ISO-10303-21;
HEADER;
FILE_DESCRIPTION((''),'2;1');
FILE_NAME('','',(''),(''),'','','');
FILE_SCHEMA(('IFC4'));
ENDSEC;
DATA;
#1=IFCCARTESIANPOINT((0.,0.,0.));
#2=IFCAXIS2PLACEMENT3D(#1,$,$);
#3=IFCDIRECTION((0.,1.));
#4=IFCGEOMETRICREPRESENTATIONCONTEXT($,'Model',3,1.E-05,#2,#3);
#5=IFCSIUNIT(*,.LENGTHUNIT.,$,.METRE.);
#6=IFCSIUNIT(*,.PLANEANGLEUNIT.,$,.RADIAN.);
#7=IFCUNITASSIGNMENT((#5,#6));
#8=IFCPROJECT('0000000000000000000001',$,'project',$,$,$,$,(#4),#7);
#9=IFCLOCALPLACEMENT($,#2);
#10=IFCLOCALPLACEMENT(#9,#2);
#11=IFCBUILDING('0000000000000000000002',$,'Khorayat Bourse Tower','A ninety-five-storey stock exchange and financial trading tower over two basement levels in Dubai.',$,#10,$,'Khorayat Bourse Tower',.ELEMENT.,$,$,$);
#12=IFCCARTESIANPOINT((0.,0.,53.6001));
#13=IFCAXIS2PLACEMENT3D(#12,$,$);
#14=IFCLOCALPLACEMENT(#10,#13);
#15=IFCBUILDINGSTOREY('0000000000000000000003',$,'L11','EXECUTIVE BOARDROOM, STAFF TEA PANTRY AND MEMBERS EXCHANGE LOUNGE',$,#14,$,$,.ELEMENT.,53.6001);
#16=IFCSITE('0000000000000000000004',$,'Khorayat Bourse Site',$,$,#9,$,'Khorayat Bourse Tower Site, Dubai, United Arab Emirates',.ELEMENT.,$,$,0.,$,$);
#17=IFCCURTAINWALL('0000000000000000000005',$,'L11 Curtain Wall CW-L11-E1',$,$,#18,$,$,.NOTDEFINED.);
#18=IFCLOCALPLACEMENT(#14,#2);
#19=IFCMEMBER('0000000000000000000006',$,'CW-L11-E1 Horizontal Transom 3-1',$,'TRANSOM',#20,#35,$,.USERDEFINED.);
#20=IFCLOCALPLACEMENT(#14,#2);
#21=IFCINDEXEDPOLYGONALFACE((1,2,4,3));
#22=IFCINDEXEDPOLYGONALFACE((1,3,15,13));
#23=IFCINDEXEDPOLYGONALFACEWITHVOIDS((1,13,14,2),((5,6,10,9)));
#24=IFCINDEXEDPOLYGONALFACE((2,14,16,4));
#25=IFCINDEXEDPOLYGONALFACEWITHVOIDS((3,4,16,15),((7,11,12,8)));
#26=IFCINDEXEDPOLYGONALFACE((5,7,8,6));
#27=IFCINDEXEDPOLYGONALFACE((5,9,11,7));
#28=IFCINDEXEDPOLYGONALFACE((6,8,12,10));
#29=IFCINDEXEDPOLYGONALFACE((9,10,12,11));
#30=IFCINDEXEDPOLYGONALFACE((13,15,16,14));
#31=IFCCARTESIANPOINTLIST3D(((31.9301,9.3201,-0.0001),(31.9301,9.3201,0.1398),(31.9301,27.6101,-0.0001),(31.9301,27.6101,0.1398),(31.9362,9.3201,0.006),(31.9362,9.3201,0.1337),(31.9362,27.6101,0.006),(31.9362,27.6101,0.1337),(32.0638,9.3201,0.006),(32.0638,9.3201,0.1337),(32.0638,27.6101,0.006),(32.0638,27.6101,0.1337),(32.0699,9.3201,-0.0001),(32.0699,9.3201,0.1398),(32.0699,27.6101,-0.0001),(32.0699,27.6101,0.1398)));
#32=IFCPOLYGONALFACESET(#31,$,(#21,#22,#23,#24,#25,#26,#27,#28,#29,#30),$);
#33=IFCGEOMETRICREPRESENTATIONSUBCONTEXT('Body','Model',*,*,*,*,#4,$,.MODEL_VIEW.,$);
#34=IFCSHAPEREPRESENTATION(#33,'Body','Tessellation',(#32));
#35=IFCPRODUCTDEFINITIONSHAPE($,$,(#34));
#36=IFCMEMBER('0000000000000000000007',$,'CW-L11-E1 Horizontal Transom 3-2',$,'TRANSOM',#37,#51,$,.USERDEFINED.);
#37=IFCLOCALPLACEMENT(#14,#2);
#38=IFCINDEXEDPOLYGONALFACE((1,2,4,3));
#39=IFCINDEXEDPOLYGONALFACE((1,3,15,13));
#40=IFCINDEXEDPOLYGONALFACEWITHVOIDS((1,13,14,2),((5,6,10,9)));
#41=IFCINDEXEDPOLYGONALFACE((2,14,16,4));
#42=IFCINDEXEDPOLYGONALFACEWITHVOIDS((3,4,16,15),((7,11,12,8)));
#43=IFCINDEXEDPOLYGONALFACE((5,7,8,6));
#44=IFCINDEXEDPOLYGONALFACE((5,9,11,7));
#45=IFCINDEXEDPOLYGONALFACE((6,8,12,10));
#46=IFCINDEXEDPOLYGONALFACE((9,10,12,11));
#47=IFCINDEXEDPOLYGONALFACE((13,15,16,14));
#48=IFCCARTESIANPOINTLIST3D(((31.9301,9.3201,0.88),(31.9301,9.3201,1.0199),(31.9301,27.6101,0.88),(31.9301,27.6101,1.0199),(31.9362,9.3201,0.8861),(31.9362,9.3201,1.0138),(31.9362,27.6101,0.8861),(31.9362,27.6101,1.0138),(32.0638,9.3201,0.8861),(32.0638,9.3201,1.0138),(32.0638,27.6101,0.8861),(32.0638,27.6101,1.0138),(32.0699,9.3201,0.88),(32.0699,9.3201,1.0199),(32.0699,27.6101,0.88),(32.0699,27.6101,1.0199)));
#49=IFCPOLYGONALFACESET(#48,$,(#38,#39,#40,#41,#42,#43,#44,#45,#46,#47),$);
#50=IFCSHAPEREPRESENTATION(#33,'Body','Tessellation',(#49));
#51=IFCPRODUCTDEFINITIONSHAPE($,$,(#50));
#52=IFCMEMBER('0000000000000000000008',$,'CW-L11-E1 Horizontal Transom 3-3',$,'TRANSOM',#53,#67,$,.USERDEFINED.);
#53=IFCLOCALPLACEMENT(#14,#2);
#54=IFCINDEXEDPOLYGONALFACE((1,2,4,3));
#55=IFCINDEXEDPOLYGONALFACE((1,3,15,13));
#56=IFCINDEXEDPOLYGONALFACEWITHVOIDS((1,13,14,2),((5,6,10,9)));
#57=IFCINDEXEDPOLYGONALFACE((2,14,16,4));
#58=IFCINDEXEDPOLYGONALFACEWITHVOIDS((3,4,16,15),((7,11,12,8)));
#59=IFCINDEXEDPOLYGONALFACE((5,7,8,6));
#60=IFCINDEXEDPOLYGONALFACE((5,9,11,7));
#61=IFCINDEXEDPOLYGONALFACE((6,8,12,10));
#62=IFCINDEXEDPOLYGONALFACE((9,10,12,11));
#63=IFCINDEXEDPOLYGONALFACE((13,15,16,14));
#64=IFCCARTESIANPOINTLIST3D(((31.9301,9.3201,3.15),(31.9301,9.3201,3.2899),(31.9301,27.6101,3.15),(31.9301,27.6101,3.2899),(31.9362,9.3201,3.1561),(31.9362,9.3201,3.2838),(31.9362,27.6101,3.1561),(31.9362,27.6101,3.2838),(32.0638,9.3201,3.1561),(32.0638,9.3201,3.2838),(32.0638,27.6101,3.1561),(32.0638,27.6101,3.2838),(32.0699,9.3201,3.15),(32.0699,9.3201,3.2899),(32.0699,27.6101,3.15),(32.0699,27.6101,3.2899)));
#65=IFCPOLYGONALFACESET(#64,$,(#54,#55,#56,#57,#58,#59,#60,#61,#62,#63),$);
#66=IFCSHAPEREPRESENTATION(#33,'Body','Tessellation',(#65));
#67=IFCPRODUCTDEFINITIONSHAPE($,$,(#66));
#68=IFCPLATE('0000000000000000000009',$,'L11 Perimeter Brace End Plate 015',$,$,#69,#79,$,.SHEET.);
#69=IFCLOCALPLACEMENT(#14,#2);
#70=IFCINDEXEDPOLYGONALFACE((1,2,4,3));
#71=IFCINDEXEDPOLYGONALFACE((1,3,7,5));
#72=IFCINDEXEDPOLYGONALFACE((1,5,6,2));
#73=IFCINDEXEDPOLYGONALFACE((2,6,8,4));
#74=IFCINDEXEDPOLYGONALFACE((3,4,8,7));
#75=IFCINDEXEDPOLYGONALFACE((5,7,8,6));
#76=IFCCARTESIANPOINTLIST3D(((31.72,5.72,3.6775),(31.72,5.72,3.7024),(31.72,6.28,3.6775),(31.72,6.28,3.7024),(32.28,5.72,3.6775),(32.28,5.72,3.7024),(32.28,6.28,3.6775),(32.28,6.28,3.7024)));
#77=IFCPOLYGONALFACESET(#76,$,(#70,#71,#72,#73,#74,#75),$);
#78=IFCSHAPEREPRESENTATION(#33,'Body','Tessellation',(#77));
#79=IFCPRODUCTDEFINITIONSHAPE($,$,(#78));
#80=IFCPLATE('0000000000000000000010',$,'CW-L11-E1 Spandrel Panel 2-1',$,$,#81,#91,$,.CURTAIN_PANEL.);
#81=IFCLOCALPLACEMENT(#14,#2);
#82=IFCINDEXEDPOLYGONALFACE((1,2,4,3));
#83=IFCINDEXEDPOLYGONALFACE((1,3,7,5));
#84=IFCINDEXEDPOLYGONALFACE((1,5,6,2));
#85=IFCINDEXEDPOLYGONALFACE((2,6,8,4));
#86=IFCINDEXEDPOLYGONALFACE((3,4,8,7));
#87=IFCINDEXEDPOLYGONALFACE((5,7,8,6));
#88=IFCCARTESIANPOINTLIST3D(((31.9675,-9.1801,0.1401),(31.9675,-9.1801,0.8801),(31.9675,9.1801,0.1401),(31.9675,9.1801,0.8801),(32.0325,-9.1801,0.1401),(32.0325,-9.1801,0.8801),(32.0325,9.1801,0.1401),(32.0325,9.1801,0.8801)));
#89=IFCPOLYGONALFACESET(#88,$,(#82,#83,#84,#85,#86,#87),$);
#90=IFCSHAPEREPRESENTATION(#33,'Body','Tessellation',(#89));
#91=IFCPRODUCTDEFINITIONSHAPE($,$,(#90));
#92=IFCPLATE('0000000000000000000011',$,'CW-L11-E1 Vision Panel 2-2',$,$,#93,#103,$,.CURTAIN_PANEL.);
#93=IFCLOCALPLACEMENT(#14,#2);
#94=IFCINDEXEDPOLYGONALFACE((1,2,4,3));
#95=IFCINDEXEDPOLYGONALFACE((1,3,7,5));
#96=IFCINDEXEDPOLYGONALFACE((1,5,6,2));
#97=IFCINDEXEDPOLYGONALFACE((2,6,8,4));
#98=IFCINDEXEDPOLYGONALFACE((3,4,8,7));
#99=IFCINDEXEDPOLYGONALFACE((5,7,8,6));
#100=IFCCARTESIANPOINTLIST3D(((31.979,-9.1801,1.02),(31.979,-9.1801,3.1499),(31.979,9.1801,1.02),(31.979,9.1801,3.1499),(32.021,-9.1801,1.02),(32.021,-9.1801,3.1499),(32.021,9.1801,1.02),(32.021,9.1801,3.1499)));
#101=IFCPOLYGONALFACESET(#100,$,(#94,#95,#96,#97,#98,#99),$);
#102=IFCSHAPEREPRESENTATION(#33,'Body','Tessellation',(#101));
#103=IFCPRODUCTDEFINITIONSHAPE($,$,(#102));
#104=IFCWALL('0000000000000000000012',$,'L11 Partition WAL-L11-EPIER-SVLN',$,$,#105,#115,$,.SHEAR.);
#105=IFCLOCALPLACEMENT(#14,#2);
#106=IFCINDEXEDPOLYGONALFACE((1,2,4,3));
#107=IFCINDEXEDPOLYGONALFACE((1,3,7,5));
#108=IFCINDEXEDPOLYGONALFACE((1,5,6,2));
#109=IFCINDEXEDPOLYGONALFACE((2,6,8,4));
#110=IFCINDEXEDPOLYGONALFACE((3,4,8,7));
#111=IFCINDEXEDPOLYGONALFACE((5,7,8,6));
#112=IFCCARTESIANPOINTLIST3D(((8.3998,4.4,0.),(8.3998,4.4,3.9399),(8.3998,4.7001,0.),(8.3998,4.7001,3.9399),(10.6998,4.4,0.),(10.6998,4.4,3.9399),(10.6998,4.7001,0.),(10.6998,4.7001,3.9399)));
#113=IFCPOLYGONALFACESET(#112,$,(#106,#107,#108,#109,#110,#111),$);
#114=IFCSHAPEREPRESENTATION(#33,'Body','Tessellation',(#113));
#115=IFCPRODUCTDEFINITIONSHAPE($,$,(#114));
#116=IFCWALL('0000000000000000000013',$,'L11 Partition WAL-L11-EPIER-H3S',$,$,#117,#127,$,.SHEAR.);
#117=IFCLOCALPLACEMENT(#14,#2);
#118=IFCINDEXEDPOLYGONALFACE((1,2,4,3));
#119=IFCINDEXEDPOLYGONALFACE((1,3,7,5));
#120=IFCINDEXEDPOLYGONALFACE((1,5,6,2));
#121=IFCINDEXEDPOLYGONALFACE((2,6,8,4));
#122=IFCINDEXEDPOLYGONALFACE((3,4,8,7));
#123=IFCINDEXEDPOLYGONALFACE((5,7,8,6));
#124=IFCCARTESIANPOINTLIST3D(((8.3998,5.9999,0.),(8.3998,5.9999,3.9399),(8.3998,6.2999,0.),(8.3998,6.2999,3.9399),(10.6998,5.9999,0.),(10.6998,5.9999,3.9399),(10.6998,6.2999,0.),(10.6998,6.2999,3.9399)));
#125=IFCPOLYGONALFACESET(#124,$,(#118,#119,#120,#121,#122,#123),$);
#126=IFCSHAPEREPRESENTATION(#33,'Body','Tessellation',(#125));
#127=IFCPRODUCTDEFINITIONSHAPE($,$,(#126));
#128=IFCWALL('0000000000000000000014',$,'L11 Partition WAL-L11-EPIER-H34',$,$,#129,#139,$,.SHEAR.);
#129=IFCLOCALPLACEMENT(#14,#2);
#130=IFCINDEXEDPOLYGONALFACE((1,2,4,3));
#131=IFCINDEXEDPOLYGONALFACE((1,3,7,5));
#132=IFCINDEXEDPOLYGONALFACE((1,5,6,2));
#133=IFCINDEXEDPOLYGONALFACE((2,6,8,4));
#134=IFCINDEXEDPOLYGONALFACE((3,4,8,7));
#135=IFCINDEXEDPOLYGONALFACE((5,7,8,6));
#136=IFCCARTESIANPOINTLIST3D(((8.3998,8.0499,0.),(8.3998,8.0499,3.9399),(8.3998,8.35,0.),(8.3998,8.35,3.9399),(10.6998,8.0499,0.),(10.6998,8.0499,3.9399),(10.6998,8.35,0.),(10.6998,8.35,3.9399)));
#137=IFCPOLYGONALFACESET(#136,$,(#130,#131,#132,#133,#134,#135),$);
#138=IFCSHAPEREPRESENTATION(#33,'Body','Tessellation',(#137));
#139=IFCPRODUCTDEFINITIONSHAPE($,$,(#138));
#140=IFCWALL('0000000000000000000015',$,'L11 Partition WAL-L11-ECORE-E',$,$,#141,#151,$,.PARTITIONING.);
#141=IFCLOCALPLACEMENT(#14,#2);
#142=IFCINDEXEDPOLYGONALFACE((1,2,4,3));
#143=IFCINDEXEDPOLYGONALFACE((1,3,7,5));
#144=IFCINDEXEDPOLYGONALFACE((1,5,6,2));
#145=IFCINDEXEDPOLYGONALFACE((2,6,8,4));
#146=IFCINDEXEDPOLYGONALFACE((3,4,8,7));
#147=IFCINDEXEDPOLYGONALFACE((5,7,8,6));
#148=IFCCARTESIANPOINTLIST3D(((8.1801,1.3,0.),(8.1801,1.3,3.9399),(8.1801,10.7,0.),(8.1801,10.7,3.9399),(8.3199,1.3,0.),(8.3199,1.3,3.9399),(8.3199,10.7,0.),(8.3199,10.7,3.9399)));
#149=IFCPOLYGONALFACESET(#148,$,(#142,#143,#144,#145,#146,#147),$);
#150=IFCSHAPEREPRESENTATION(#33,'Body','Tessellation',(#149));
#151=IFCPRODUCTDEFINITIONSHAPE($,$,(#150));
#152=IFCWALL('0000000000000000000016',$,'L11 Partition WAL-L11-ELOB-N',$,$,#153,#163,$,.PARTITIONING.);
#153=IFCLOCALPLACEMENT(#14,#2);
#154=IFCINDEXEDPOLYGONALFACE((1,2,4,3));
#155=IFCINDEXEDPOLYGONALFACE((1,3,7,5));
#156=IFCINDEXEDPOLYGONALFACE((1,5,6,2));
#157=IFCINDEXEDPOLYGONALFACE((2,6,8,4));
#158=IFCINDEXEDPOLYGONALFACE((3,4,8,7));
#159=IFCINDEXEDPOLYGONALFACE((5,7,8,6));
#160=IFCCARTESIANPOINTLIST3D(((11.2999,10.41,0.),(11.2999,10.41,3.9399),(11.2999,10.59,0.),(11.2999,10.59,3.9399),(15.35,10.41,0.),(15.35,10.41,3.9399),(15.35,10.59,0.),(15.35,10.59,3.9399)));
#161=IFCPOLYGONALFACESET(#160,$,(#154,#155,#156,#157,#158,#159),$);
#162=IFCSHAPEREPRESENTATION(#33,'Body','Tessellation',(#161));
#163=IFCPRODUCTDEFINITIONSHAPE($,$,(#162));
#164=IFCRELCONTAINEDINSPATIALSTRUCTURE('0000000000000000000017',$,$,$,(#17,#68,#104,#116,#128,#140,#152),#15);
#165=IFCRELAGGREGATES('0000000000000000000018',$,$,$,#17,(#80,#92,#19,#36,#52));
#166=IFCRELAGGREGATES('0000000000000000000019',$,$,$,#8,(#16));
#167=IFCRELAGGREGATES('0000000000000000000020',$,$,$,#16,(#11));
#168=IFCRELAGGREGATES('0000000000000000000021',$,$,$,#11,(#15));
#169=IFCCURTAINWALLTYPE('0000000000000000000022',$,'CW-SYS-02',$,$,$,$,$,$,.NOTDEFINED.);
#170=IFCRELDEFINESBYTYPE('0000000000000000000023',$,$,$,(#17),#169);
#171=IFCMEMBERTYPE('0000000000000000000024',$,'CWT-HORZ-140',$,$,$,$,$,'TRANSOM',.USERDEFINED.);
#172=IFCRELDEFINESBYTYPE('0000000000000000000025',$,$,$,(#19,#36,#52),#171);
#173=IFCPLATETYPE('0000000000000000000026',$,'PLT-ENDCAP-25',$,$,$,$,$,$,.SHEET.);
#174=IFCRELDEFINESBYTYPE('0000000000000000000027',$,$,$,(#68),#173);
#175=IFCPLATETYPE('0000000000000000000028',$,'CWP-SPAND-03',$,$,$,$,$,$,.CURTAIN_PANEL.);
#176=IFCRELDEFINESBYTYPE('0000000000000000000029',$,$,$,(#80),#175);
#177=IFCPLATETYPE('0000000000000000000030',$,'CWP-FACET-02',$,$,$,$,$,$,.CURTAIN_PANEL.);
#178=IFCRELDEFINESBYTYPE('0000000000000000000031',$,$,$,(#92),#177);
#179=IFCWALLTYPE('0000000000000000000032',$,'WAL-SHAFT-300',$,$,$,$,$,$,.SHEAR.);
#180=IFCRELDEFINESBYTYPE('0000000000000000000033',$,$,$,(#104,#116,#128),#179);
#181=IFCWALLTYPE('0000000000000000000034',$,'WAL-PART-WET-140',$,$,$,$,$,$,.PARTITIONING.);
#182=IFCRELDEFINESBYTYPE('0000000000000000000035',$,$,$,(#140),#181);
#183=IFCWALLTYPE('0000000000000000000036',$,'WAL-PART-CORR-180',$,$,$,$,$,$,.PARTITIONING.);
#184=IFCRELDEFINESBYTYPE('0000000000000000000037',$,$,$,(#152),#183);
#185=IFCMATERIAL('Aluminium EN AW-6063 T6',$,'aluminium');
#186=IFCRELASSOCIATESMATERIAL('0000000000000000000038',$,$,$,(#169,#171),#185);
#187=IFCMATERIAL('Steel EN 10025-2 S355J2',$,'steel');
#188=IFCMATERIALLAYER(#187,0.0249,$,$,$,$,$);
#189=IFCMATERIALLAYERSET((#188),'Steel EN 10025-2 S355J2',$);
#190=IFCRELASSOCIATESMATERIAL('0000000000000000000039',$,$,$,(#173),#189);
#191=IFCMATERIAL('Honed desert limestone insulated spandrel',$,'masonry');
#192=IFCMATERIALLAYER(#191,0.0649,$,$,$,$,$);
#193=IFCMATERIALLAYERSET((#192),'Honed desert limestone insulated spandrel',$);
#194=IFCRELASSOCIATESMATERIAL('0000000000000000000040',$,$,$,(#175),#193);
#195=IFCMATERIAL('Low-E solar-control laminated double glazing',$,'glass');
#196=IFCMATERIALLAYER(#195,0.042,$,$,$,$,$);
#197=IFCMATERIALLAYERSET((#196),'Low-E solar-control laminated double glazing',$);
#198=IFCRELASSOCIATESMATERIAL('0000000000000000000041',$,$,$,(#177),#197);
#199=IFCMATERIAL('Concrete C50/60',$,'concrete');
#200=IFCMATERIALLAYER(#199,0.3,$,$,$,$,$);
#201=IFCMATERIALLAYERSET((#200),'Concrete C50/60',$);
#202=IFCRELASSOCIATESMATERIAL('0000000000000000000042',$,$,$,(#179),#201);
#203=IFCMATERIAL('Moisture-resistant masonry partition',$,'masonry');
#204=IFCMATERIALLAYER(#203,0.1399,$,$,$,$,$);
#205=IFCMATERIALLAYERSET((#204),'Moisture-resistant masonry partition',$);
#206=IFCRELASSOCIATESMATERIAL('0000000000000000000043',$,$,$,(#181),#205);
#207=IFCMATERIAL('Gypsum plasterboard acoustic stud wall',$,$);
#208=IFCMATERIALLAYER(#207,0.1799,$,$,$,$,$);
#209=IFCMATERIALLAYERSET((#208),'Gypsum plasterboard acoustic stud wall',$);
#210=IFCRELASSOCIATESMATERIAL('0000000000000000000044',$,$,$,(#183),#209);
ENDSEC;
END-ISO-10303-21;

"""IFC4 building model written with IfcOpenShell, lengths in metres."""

from ifc_helpers import new_model, si_unit, direction, frame, frame_2d, origin, origin_2d, place, context, subcontext, project, spatial, rectangle, hollow_rectangle, extrude, source, transform, mapped, material, layer, layer_set, material_profile, profile_set, type_object, element, aggregate, save


model = new_model("IFC4")

# Units and contexts
model_context = context("Model", 3, precision=1e-05, world=origin(), true_north=direction((0.0, 1.0)))
body_context = subcontext(model_context, "Body", "Model", "MODEL_VIEW")
ifc_project = project(units=[si_unit("LENGTHUNIT", "METRE"), si_unit("PLANEANGLEUNIT", "RADIAN")], contexts=[model_context])

# Site, building, storey
site_placement = place(None, origin())
site = spatial("IfcSite", under=ifc_project, at=site_placement, Name="Khorayat Bourse Site", LongName="Khorayat Bourse Tower Site, Dubai, United Arab Emirates", CompositionType="ELEMENT", RefElevation=0.0)
building_placement = place(site_placement, origin())
building = spatial("IfcBuilding", under=site, at=building_placement, Name="Khorayat Bourse Tower", Description="A ninety-five-storey stock exchange and financial trading tower over two basement levels in Dubai.", LongName="Khorayat Bourse Tower", CompositionType="ELEMENT")
storey_placement = place(building_placement, frame((0.0, 0.0, 53.6001)))
storey = spatial("IfcBuildingStorey", under=building, at=storey_placement, Name="L11", Description="EXECUTIVE BOARDROOM, STAFF TEA PANTRY AND MEMBERS EXCHANGE LOUNGE", CompositionType="ELEMENT", Elevation=53.6001)

# Curtain wall, members
ifc_material_1 = material(Name="Aluminium EN AW-6063 T6", Category="aluminium")
curtain_wall_type = type_object("IfcCurtainWallType", Name="CW-SYS-02", PredefinedType="NOTDEFINED", material=ifc_material_1)
curtain_wall_placement = place(storey_placement, origin())
curtain_wall = element("IfcCurtainWall", 1, at=curtain_wall_placement, inside=storey, type_object=curtain_wall_type, Name="L11 Curtain Wall CW-L11-E1", PredefinedType="NOTDEFINED")
ifc_material_profile_1 = material_profile(ifc_material_1, hollow_rectangle(XDim=0.1399, YDim=0.1399, WallThickness=0.0061, at=origin_2d()), Name="ALU 140x140x6")
ifc_profile_set_1 = profile_set([ifc_material_profile_1], Name="Aluminium EN AW-6063 T6")
member_type_1 = type_object("IfcMemberType", Name="CWT-HORZ-140", ElementType="TRANSOM", PredefinedType="USERDEFINED", material=ifc_profile_set_1)
shared_shape_1 = source(origin(), body_context, "Body", "SweptSolid", [
    extrude(hollow_rectangle(XDim=0.1399, YDim=0.1399, WallThickness=0.0061, at=origin_2d()), origin(), (0.0, 0.0, 1.0), 18.29),
])
member_1_placement = place(storey_placement, frame((32.0, 9.3201, 0.0698), z_axis=(0.0, 1.0, 0.0), x_axis=(-1.0, 0.0, 0.0)))
member_1 = element("IfcMember", 2, at=member_1_placement, type_object=member_type_1, Name="CW-L11-E1 Horizontal Transom 3-1", ObjectType="TRANSOM", PredefinedType="USERDEFINED", context=body_context, shape_type="MappedRepresentation", body=[
    mapped(shared_shape_1, transform((0.0, 0.0, 0.0), scale=1.0)),
])
member_2_placement = place(storey_placement, frame((32.0, 9.3201, 0.95), z_axis=(0.0, 1.0, 0.0), x_axis=(-1.0, 0.0, 0.0)))
member_2 = element("IfcMember", 3, at=member_2_placement, type_object=member_type_1, Name="CW-L11-E1 Horizontal Transom 3-2", ObjectType="TRANSOM", PredefinedType="USERDEFINED", context=body_context, shape_type="MappedRepresentation", body=[
    mapped(shared_shape_1, transform((0.0, 0.0, 0.0), scale=1.0)),
])
member_3_placement = place(storey_placement, frame((32.0, 9.3201, 3.22), z_axis=(0.0, 1.0, 0.0), x_axis=(-1.0, 0.0, 0.0)))
member_3 = element("IfcMember", 4, at=member_3_placement, type_object=member_type_1, Name="CW-L11-E1 Horizontal Transom 3-3", ObjectType="TRANSOM", PredefinedType="USERDEFINED", context=body_context, shape_type="MappedRepresentation", body=[
    mapped(shared_shape_1, transform((0.0, 0.0, 0.0), scale=1.0)),
])

# Plates
ifc_material_2 = material(Name="Steel EN 10025-2 S355J2", Category="steel")
ifc_layer_1 = layer(ifc_material_2, 0.0249)
ifc_layer_set_1 = layer_set([ifc_layer_1], Name="Steel EN 10025-2 S355J2")
plate_type_1 = type_object("IfcPlateType", Name="PLT-ENDCAP-25", PredefinedType="SHEET", material=ifc_layer_set_1)
shared_shape_2 = source(origin(), body_context, "Body", "SweptSolid", [
    extrude(rectangle(XDim=0.5601, YDim=0.5601, at=origin_2d()), origin(), (0.0, 0.0, 1.0), 0.0249),
])
plate_1_placement = place(storey_placement, frame((32.0, 6.0, 3.6775), z_axis=(0.0, 0.0, 1.0), x_axis=(1.0, 0.0, 0.0)))
element("IfcPlate", 5, at=plate_1_placement, inside=storey, type_object=plate_type_1, Name="L11 Perimeter Brace End Plate 015", PredefinedType="SHEET", context=body_context, shape_type="MappedRepresentation", body=[
    mapped(shared_shape_2, transform((0.0, 0.0, 0.0), scale=1.0)),
])
ifc_material_3 = material(Name="Honed desert limestone insulated spandrel", Category="masonry")
ifc_layer_2 = layer(ifc_material_3, 0.0649)
ifc_layer_set_2 = layer_set([ifc_layer_2], Name="Honed desert limestone insulated spandrel")
plate_type_2 = type_object("IfcPlateType", Name="CWP-SPAND-03", PredefinedType="CURTAIN_PANEL", material=ifc_layer_set_2)
shared_shape_3 = source(origin(), body_context, "Body", "SweptSolid", [
    extrude(rectangle(XDim=18.3601, YDim=0.0649, at=origin_2d()), origin(), (0.0, 0.0, 1.0), 0.74),
])
plate_2_placement = place(storey_placement, frame((32.0, 0.0, 0.1401), z_axis=(0.0, 0.0, 1.0), x_axis=(0.0, 1.0, 0.0)))
plate_2 = element("IfcPlate", 6, at=plate_2_placement, type_object=plate_type_2, Name="CW-L11-E1 Spandrel Panel 2-1", PredefinedType="CURTAIN_PANEL", context=body_context, shape_type="MappedRepresentation", body=[
    mapped(shared_shape_3, transform((0.0, 0.0, 0.0), scale=1.0)),
])
ifc_material_4 = material(Name="Low-E solar-control laminated double glazing", Category="glass")
ifc_layer_3 = layer(ifc_material_4, 0.042)
ifc_layer_set_3 = layer_set([ifc_layer_3], Name="Low-E solar-control laminated double glazing")
plate_type_3 = type_object("IfcPlateType", Name="CWP-FACET-02", PredefinedType="CURTAIN_PANEL", material=ifc_layer_set_3)
shared_shape_4 = source(origin(), body_context, "Body", "SweptSolid", [
    extrude(rectangle(XDim=18.3601, YDim=0.042, at=origin_2d()), origin(), (0.0, 0.0, 1.0), 2.1299),
])
plate_3_placement = place(storey_placement, frame((32.0, 0.0, 1.02), z_axis=(0.0, 0.0, 1.0), x_axis=(0.0, 1.0, 0.0)))
plate_3 = element("IfcPlate", 7, at=plate_3_placement, type_object=plate_type_3, Name="CW-L11-E1 Vision Panel 2-2", PredefinedType="CURTAIN_PANEL", context=body_context, shape_type="MappedRepresentation", body=[
    mapped(shared_shape_4, transform((0.0, 0.0, 0.0), scale=1.0)),
])
aggregate(curtain_wall, [plate_2, plate_3, member_1, member_2, member_3])

# Walls
ifc_material_5 = material(Name="Concrete C50/60", Category="concrete")
ifc_layer_4 = layer(ifc_material_5, 0.3)
ifc_layer_set_4 = layer_set([ifc_layer_4], Name="Concrete C50/60")
wall_type_1 = type_object("IfcWallType", Name="WAL-SHAFT-300", PredefinedType="SHEAR", material=ifc_layer_set_4)
shared_shape_5 = source(origin(), body_context, "Body", "SweptSolid", [
    extrude(rectangle(XDim=2.3, YDim=0.3, at=frame_2d((1.1499, 0.0))), origin(), (0.0, 0.0, 1.0), 3.9399),
])
for number, where, z_axis, x_axis, name in (
    (8, (8.3999, 4.55, 0.0), (0.0, 0.0, 1.0), (1.0, 0.0, 0.0), "L11 Partition WAL-L11-EPIER-SVLN"),
    (9, (8.3999, 6.1499, 0.0), (0.0, 0.0, 1.0), (1.0, 0.0, 0.0), "L11 Partition WAL-L11-EPIER-H3S"),
    (10, (8.3999, 8.2, 0.0), (0.0, 0.0, 1.0), (1.0, 0.0, 0.0), "L11 Partition WAL-L11-EPIER-H34"),
):
    element("IfcWall", number, at=place(storey_placement, frame(where, z_axis=z_axis, x_axis=x_axis)), inside=storey, type_object=wall_type_1, Name=name, PredefinedType="SHEAR", context=body_context, shape_type="MappedRepresentation", body=[
        mapped(shared_shape_5, transform((0.0, 0.0, 0.0), scale=1.0)),
    ])
ifc_material_6 = material(Name="Moisture-resistant masonry partition", Category="masonry")
ifc_layer_5 = layer(ifc_material_6, 0.1399)
ifc_layer_set_5 = layer_set([ifc_layer_5], Name="Moisture-resistant masonry partition")
wall_type_2 = type_object("IfcWallType", Name="WAL-PART-WET-140", PredefinedType="PARTITIONING", material=ifc_layer_set_5)
shared_shape_6 = source(origin(), body_context, "Body", "SweptSolid", [
    extrude(rectangle(XDim=9.3999, YDim=0.1399, at=frame_2d((4.7, 0.0))), origin(), (0.0, 0.0, 1.0), 3.9399),
])
wall_1_placement = place(storey_placement, frame((8.25, 1.3, 0.0), z_axis=(0.0, 0.0, 1.0), x_axis=(0.0, 1.0, 0.0)))
element("IfcWall", 11, at=wall_1_placement, inside=storey, type_object=wall_type_2, Name="L11 Partition WAL-L11-ECORE-E", PredefinedType="PARTITIONING", context=body_context, shape_type="MappedRepresentation", body=[
    mapped(shared_shape_6, transform((0.0, 0.0, 0.0), scale=1.0)),
])
ifc_material_7 = material(Name="Gypsum plasterboard acoustic stud wall")
ifc_layer_6 = layer(ifc_material_7, 0.1799)
ifc_layer_set_6 = layer_set([ifc_layer_6], Name="Gypsum plasterboard acoustic stud wall")
wall_type_3 = type_object("IfcWallType", Name="WAL-PART-CORR-180", PredefinedType="PARTITIONING", material=ifc_layer_set_6)
shared_shape_7 = source(origin(), body_context, "Body", "SweptSolid", [
    extrude(rectangle(XDim=4.05, YDim=0.1799, at=frame_2d((2.0249, 0.0))), origin(), (0.0, 0.0, 1.0), 3.9399),
])
wall_2_placement = place(storey_placement, frame((11.3, 10.5, 0.0), z_axis=(0.0, 0.0, 1.0), x_axis=(1.0, 0.0, 0.0)))
element("IfcWall", 12, at=wall_2_placement, inside=storey, type_object=wall_type_3, Name="L11 Partition WAL-L11-ELOB-N", PredefinedType="PARTITIONING", context=body_context, shape_type="MappedRepresentation", body=[
    mapped(shared_shape_7, transform((0.0, 0.0, 0.0), scale=1.0)),
])

save(model, "model.ifc")
